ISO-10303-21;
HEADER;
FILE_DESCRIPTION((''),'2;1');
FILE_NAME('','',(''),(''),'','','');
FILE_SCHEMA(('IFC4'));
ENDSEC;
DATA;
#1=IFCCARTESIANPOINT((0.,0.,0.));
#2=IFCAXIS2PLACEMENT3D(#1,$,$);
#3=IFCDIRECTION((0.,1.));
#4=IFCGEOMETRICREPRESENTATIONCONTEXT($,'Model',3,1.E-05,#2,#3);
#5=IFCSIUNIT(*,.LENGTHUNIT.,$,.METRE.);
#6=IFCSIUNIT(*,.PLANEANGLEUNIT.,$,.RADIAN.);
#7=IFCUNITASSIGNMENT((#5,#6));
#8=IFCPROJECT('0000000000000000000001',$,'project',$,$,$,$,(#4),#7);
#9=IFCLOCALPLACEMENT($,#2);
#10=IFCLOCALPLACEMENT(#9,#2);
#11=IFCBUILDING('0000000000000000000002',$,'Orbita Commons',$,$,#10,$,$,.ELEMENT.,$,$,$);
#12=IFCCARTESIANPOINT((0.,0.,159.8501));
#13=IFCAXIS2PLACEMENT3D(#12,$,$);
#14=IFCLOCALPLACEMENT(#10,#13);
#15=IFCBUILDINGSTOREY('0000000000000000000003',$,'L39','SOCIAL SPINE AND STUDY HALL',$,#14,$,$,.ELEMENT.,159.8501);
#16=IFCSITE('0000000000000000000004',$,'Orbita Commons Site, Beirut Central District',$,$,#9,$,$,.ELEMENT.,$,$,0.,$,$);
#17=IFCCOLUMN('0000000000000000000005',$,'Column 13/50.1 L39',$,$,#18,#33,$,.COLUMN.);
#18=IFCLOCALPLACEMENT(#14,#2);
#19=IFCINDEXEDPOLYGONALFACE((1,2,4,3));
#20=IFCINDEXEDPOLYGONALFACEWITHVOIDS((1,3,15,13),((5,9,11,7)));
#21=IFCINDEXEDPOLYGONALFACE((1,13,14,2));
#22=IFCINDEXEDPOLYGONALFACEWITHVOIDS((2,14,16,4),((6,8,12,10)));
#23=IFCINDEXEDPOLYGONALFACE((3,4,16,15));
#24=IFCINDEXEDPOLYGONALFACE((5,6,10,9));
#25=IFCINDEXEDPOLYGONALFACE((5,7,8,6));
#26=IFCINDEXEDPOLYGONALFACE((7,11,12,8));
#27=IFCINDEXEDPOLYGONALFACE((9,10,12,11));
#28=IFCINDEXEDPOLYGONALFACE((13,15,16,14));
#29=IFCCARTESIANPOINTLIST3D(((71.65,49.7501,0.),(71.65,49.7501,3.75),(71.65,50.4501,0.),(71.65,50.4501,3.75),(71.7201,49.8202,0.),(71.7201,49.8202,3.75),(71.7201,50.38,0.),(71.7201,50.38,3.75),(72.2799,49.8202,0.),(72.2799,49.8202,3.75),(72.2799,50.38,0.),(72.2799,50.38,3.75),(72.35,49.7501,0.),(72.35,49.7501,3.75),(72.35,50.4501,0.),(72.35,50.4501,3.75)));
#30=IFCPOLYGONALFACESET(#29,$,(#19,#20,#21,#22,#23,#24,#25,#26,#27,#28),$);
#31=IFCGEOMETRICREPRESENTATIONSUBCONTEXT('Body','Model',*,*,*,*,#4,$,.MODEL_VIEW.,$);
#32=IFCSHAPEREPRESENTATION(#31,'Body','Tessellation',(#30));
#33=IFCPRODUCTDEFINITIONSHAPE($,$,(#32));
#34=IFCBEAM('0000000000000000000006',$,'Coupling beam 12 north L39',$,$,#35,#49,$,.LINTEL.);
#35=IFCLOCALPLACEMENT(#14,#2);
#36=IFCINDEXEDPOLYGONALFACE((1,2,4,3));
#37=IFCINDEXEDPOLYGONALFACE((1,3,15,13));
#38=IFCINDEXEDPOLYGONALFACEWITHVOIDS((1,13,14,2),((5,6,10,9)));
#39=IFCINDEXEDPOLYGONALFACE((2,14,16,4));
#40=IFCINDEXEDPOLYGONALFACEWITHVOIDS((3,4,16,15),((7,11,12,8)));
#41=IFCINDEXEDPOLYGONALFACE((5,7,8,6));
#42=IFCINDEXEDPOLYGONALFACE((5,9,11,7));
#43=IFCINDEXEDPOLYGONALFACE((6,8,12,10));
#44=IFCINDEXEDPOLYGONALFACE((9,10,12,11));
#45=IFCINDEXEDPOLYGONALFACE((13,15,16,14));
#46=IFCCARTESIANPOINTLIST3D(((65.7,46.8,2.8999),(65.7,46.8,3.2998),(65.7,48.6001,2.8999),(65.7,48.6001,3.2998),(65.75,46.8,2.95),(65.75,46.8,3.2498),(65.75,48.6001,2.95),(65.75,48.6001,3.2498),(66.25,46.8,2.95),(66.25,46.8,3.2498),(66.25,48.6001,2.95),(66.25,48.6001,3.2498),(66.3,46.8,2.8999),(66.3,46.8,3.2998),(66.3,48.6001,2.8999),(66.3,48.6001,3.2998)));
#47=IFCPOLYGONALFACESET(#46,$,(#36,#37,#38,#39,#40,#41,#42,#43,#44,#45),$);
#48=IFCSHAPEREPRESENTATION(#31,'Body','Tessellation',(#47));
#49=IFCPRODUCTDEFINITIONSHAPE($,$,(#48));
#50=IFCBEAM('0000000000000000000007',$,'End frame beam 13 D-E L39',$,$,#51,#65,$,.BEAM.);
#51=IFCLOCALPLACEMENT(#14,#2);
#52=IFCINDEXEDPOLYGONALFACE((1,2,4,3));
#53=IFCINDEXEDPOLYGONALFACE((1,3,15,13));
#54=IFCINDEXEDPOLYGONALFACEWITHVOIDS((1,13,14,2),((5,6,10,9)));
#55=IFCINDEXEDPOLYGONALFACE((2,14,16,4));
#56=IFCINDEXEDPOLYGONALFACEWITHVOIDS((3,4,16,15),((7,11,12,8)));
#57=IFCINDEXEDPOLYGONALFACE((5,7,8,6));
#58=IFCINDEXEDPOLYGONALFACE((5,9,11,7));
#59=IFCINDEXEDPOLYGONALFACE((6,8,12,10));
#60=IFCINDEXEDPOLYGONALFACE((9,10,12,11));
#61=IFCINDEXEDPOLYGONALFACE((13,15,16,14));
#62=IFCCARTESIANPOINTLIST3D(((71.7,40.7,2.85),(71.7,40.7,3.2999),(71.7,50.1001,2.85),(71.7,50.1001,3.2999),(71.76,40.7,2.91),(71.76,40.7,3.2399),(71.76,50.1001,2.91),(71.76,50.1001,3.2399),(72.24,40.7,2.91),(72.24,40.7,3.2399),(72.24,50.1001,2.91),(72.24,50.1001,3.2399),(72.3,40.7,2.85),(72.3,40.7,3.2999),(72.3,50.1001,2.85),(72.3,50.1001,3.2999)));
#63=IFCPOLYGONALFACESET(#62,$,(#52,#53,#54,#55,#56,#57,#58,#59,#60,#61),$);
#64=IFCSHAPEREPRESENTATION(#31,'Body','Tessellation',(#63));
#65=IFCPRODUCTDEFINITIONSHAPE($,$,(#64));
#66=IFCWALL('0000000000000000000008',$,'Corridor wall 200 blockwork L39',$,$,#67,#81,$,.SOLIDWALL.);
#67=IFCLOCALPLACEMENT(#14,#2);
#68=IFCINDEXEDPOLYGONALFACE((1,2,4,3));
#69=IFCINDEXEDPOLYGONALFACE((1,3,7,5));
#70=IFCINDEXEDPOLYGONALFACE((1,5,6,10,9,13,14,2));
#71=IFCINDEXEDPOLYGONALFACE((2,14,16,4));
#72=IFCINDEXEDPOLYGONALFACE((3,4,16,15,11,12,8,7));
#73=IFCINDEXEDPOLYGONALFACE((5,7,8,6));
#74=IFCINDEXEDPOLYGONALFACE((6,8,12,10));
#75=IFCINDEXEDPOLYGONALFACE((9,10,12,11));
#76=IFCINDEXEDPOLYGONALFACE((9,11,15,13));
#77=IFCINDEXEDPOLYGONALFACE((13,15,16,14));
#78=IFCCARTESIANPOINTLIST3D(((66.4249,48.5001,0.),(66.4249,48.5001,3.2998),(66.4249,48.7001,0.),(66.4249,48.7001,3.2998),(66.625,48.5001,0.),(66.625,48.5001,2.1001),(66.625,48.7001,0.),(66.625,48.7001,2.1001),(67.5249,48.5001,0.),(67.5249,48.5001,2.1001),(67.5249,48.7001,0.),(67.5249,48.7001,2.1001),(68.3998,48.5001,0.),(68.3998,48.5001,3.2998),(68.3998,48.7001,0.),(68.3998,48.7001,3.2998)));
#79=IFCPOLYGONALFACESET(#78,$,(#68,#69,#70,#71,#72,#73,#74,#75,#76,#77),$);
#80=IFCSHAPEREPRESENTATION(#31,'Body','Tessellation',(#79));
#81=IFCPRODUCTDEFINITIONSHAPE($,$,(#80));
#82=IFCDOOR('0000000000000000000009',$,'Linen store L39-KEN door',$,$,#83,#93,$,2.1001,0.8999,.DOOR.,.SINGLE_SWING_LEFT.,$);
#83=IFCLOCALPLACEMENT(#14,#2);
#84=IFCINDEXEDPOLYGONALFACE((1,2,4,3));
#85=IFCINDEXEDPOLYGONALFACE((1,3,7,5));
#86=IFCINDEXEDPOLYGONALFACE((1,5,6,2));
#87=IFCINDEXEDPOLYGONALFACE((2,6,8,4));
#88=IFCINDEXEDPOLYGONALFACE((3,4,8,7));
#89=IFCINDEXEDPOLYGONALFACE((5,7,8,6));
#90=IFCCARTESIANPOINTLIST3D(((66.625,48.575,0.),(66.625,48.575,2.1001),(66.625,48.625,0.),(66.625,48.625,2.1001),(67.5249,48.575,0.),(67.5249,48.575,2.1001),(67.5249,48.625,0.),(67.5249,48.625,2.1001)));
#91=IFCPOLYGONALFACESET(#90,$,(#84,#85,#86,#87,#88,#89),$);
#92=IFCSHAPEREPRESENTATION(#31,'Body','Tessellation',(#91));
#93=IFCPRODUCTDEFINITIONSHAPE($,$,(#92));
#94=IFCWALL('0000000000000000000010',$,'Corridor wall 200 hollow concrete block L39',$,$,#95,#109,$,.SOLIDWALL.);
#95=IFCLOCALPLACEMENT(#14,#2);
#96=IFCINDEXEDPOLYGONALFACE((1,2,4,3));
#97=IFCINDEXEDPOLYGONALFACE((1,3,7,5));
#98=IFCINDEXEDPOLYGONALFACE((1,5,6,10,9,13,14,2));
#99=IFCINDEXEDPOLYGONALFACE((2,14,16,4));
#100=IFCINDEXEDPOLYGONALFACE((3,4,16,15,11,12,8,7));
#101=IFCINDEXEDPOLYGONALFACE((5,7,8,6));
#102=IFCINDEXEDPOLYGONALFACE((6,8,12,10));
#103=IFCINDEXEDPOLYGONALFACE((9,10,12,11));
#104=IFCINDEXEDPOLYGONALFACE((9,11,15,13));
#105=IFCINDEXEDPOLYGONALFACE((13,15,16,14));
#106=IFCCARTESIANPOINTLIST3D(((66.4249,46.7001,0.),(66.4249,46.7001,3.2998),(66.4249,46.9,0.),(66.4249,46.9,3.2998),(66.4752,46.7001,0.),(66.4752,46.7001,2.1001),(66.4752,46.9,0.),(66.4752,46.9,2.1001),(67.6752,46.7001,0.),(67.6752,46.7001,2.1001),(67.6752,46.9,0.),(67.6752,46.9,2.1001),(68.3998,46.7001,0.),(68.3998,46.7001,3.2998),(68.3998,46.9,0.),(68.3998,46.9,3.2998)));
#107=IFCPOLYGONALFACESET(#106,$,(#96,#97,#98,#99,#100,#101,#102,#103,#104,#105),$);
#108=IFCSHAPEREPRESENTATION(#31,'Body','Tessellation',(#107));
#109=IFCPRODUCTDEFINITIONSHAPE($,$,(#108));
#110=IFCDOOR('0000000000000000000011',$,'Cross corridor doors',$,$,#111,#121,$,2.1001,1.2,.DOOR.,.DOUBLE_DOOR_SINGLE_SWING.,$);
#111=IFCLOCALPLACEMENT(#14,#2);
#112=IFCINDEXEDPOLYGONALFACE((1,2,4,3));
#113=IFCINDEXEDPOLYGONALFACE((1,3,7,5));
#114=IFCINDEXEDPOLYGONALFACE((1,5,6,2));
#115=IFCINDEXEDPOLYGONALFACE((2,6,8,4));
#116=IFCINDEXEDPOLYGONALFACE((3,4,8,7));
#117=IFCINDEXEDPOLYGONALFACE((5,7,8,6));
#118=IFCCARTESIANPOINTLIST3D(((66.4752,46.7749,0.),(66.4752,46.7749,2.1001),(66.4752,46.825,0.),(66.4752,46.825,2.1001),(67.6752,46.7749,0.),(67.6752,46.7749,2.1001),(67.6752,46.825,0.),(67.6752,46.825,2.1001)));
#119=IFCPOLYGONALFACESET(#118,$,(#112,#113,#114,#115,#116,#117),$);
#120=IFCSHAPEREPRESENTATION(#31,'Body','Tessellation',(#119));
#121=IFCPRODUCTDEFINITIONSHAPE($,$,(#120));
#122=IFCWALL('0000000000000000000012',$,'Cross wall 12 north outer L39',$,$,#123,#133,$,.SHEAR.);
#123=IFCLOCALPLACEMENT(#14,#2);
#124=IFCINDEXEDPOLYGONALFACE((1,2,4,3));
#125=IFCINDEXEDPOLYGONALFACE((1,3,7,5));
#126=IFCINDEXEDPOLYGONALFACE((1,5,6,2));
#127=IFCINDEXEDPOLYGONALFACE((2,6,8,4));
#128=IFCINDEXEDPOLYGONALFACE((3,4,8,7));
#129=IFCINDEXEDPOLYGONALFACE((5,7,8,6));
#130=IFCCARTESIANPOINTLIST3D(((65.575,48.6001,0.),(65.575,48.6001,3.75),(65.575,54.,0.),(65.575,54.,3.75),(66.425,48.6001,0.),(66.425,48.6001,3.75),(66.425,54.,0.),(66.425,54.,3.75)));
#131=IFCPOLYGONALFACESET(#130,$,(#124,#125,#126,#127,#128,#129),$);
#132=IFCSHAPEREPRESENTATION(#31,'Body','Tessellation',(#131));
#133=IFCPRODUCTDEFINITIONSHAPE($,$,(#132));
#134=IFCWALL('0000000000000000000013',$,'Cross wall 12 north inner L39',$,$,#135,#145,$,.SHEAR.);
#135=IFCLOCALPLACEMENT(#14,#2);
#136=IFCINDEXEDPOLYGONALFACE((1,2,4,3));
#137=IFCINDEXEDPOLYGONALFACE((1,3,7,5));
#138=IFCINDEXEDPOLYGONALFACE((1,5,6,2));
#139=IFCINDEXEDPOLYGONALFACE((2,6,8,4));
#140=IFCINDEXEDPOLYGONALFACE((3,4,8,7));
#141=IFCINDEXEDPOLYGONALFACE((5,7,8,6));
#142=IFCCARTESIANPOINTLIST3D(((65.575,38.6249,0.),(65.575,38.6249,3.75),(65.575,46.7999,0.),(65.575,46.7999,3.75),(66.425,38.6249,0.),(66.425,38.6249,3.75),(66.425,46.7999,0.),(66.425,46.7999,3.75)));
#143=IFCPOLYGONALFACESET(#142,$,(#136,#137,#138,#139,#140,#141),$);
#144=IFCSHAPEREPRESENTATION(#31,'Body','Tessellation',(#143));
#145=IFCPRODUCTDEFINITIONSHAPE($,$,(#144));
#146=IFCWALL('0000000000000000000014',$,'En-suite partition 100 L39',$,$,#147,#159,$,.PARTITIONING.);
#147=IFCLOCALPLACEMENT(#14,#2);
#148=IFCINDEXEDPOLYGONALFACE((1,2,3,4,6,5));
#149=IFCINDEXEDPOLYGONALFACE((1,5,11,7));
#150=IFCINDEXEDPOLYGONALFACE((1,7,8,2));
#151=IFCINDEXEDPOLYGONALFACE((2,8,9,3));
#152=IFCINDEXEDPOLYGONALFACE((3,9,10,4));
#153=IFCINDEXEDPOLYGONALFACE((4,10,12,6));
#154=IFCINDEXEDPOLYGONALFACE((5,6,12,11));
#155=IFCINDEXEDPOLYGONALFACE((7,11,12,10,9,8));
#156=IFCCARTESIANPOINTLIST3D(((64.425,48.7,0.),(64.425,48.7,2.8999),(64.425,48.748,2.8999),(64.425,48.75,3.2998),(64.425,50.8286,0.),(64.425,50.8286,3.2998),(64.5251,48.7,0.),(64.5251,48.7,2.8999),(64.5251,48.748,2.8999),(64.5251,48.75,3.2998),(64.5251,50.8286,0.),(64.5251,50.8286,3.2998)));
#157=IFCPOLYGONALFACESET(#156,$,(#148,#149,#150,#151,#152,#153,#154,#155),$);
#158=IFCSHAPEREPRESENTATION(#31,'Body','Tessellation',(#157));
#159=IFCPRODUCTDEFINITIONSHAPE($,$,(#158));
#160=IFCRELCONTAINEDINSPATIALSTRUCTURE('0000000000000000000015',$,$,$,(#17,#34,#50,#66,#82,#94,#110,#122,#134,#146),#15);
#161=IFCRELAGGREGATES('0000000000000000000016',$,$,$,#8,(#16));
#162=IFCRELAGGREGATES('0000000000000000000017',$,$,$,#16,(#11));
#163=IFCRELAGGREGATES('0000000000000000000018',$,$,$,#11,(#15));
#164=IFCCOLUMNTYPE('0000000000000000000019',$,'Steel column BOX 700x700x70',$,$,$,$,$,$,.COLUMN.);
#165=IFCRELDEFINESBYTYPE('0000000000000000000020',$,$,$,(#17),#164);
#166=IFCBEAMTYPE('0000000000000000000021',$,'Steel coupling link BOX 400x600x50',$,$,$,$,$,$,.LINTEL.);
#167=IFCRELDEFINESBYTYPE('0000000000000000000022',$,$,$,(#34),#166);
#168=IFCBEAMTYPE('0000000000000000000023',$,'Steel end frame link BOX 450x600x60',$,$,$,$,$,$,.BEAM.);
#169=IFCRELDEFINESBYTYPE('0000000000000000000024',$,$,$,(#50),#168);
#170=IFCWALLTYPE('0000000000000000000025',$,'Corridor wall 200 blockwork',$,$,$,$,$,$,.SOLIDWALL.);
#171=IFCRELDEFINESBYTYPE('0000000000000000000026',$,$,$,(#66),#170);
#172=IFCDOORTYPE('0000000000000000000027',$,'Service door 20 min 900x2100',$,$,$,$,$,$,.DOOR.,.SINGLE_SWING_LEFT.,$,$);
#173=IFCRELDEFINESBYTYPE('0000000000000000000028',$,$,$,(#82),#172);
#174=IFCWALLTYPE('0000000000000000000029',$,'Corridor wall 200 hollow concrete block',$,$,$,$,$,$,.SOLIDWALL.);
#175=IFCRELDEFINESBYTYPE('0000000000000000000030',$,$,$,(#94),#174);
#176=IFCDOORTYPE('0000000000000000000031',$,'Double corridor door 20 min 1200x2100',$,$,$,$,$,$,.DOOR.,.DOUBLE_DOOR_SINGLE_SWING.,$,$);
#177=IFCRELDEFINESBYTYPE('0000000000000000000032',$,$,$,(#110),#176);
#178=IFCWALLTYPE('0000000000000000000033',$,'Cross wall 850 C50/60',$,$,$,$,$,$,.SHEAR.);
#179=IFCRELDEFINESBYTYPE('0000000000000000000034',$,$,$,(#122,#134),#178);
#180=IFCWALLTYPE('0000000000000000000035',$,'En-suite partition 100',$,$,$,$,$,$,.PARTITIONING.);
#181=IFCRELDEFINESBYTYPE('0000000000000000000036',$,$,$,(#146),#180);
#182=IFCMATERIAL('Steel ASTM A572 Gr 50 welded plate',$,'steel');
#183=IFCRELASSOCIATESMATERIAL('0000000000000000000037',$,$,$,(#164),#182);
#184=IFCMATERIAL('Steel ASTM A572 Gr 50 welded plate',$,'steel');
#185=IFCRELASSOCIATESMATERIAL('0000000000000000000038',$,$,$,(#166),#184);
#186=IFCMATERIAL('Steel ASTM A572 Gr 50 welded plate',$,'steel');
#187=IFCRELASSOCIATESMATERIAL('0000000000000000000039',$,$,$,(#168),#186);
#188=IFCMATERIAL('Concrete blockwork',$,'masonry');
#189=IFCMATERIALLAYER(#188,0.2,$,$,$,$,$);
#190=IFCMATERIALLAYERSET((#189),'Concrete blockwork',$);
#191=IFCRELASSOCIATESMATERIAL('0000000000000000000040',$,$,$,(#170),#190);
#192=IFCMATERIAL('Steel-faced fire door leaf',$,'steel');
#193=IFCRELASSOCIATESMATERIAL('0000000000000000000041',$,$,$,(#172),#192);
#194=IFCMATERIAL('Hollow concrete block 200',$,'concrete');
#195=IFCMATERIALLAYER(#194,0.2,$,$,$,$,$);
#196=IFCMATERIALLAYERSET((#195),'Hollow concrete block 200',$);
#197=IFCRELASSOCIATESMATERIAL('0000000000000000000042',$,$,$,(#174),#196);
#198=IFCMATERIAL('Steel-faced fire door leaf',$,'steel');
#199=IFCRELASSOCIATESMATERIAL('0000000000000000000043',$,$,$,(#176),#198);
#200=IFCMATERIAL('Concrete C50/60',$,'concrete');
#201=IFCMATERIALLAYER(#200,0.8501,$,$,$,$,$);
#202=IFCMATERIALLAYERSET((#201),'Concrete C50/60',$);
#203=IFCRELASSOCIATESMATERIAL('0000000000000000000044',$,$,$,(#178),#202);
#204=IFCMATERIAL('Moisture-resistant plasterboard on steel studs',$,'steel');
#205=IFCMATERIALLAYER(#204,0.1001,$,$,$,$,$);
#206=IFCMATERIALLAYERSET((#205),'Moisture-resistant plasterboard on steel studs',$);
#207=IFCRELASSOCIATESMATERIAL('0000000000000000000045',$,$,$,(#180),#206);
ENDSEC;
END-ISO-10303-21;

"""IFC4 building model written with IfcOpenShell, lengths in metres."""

from ifc_helpers import new_model, si_unit, direction, frame, frame_2d, origin, origin_2d, place, context, subcontext, project, spatial, polyline, rectangle, hollow_rectangle, outline, extrude, material, layer, layer_set, material_profile, profile_set, type_object, element, fill, save


model = new_model("IFC4")

# Units and contexts
model_context = context("Model", 3, precision=1e-05, world=origin(), true_north=direction((0.0, 1.0)))
body_context = subcontext(model_context, "Body", "Model", "MODEL_VIEW")
ifc_project = project(units=[si_unit("LENGTHUNIT", "METRE"), si_unit("PLANEANGLEUNIT", "RADIAN")], contexts=[model_context])

# Site, building, storey
site_placement = place(None, origin())
site = spatial("IfcSite", under=ifc_project, at=site_placement, Name="Orbita Commons Site, Beirut Central District", CompositionType="ELEMENT", RefElevation=0.0)
building_placement = place(site_placement, origin())
building = spatial("IfcBuilding", under=site, at=building_placement, Name="Orbita Commons", CompositionType="ELEMENT")
storey_placement = place(building_placement, frame((0.0, 0.0, 159.8501)))
storey = spatial("IfcBuildingStorey", under=building, at=storey_placement, Name="L39", Description="SOCIAL SPINE AND STUDY HALL", CompositionType="ELEMENT", Elevation=159.8501)

# Column
ifc_material_1 = material(Name="Steel ASTM A572 Gr 50 welded plate", Category="steel")
ifc_material_profile_1 = material_profile(ifc_material_1, hollow_rectangle(XDim=0.7, YDim=0.7, WallThickness=0.0701, at=origin_2d()), Name="BOX 700x700x70")
ifc_profile_set_1 = profile_set([ifc_material_profile_1], Name="Steel ASTM A572 Gr 50 welded plate")
column_type = type_object("IfcColumnType", Name="Steel column BOX 700x700x70", PredefinedType="COLUMN", material=ifc_profile_set_1)
column_placement = place(storey_placement, frame((72.0, 50.1001, 0.0), z_axis=(0.0, 0.0, 1.0), x_axis=(1.0, 0.0, 0.0)))
element("IfcColumn", 1, at=column_placement, inside=storey, type_object=column_type, Name="Column 13/50.1 L39", PredefinedType="COLUMN", context=body_context, shape_type="SweptSolid", body=[
    extrude(hollow_rectangle(XDim=0.7, YDim=0.7, WallThickness=0.0701, at=origin_2d()), origin(), (0.0, 0.0, 1.0), 3.75),
])

# Beams
ifc_material_2 = material(Name="Steel ASTM A572 Gr 50 welded plate", Category="steel")
ifc_material_profile_2 = material_profile(ifc_material_2, hollow_rectangle(XDim=0.6001, YDim=0.3999, WallThickness=0.05, at=origin_2d()), Name="BOX 400x600x50")
ifc_profile_set_2 = profile_set([ifc_material_profile_2], Name="Steel ASTM A572 Gr 50 welded plate")
beam_type_1 = type_object("IfcBeamType", Name="Steel coupling link BOX 400x600x50", PredefinedType="LINTEL", material=ifc_profile_set_2)
beam_1_placement = place(storey_placement, frame((66.0, 46.8, 3.0999), z_axis=(0.0, 1.0, 0.0), x_axis=(-1.0, 0.0, 0.0)))
element("IfcBeam", 2, at=beam_1_placement, inside=storey, type_object=beam_type_1, Name="Coupling beam 12 north L39", PredefinedType="LINTEL", context=body_context, shape_type="SweptSolid", body=[
    extrude(hollow_rectangle(XDim=0.6001, YDim=0.3999, WallThickness=0.05, at=origin_2d()), origin(), (0.0, 0.0, 1.0), 1.8),
])
ifc_material_3 = material(Name="Steel ASTM A572 Gr 50 welded plate", Category="steel")
ifc_material_profile_3 = material_profile(ifc_material_3, hollow_rectangle(XDim=0.6001, YDim=0.45, WallThickness=0.0601, at=origin_2d()), Name="BOX 450x600x60")
ifc_profile_set_3 = profile_set([ifc_material_profile_3], Name="Steel ASTM A572 Gr 50 welded plate")
beam_type_2 = type_object("IfcBeamType", Name="Steel end frame link BOX 450x600x60", PredefinedType="BEAM", material=ifc_profile_set_3)
beam_2_placement = place(storey_placement, frame((72.0, 40.7, 3.075), z_axis=(0.0, 1.0, 0.0), x_axis=(-1.0, 0.0, 0.0)))
element("IfcBeam", 3, at=beam_2_placement, inside=storey, type_object=beam_type_2, Name="End frame beam 13 D-E L39", PredefinedType="BEAM", context=body_context, shape_type="SweptSolid", body=[
    extrude(hollow_rectangle(XDim=0.6001, YDim=0.45, WallThickness=0.0601, at=origin_2d()), origin(), (0.0, 0.0, 1.0), 9.4001),
])

# Walls, openings, doors
ifc_material_4 = material(Name="Concrete blockwork", Category="masonry")
ifc_layer_1 = layer(ifc_material_4, 0.2)
ifc_layer_set_1 = layer_set([ifc_layer_1], Name="Concrete blockwork")
wall_type_1 = type_object("IfcWallType", Name="Corridor wall 200 blockwork", PredefinedType="SOLIDWALL", material=ifc_layer_set_1)
wall_1_placement = place(storey_placement, frame((66.425, 48.6001, 0.0), z_axis=(0.0, 0.0, 1.0), x_axis=(1.0, 0.0, 0.0)))
wall_1 = element("IfcWall", 4, at=wall_1_placement, inside=storey, type_object=wall_type_1, Name="Corridor wall 200 blockwork L39", PredefinedType="SOLIDWALL", context=body_context, shape_type="SweptSolid", body=[
    extrude(rectangle(XDim=1.9749, YDim=0.2, at=frame_2d((0.9873, 0.0))), origin(), (0.0, 0.0, 1.0), 3.2998),
])
opening_1_placement = place(wall_1_placement, frame((0.2, 0.0, 0.0)))
opening_1 = element("IfcOpeningElement", 5, at=opening_1_placement, cuts=wall_1, PredefinedType="OPENING", context=body_context, shape_type="SweptSolid", body=[
    extrude(rectangle(XDim=0.8999, YDim=2.1001, at=frame_2d((0.45, 1.05))), frame((0.0, 0.1099, 0.0), z_axis=(0.0, -1.0, 0.0), x_axis=(1.0, 0.0, 0.0)), (0.0, 0.0, 1.0), 0.22),
])
ifc_material_5 = material(Name="Steel-faced fire door leaf", Category="steel")
door_type_1 = type_object("IfcDoorType", Name="Service door 20 min 900x2100", OperationType="SINGLE_SWING_LEFT", PredefinedType="DOOR", material=ifc_material_5)
door_1_placement = place(opening_1_placement, origin())
door_1 = element("IfcDoor", 6, at=door_1_placement, inside=storey, type_object=door_type_1, Name="Linen store L39-KEN door", OperationType="SINGLE_SWING_LEFT", OverallHeight=2.1001, OverallWidth=0.8999, PredefinedType="DOOR", context=body_context, shape_type="SweptSolid", body=[
    extrude(rectangle(XDim=0.8999, YDim=2.1001, at=frame_2d((0.45, 1.05))), frame((0.0, 0.0249, 0.0), z_axis=(0.0, -1.0, 0.0), x_axis=(1.0, 0.0, 0.0)), (0.0, 0.0, 1.0), 0.05),
])
fill(opening_1, door_1)
ifc_material_6 = material(Name="Hollow concrete block 200", Category="concrete")
ifc_layer_2 = layer(ifc_material_6, 0.2)
ifc_layer_set_2 = layer_set([ifc_layer_2], Name="Hollow concrete block 200")
wall_type_2 = type_object("IfcWallType", Name="Corridor wall 200 hollow concrete block", PredefinedType="SOLIDWALL", material=ifc_layer_set_2)
wall_2_placement = place(storey_placement, frame((66.425, 46.8, 0.0), z_axis=(0.0, 0.0, 1.0), x_axis=(1.0, 0.0, 0.0)))
wall_2 = element("IfcWall", 7, at=wall_2_placement, inside=storey, type_object=wall_type_2, Name="Corridor wall 200 hollow concrete block L39", PredefinedType="SOLIDWALL", context=body_context, shape_type="SweptSolid", body=[
    extrude(rectangle(XDim=1.9749, YDim=0.2, at=frame_2d((0.9873, 0.0))), origin(), (0.0, 0.0, 1.0), 3.2998),
])
opening_2_placement = place(wall_2_placement, frame((0.05, 0.0, 0.0)))
opening_2 = element("IfcOpeningElement", 8, at=opening_2_placement, cuts=wall_2, PredefinedType="OPENING", context=body_context, shape_type="SweptSolid", body=[
    extrude(rectangle(XDim=1.2, YDim=2.1001, at=frame_2d((0.6001, 1.05))), frame((0.0, 0.1099, 0.0), z_axis=(0.0, -1.0, 0.0), x_axis=(1.0, 0.0, 0.0)), (0.0, 0.0, 1.0), 0.22),
])
ifc_material_7 = material(Name="Steel-faced fire door leaf", Category="steel")
door_type_2 = type_object("IfcDoorType", Name="Double corridor door 20 min 1200x2100", OperationType="DOUBLE_DOOR_SINGLE_SWING", PredefinedType="DOOR", material=ifc_material_7)
door_2_placement = place(opening_2_placement, origin())
door_2 = element("IfcDoor", 9, at=door_2_placement, inside=storey, type_object=door_type_2, Name="Cross corridor doors", OperationType="DOUBLE_DOOR_SINGLE_SWING", OverallHeight=2.1001, OverallWidth=1.2, PredefinedType="DOOR", context=body_context, shape_type="SweptSolid", body=[
    extrude(rectangle(XDim=1.2, YDim=2.1001, at=frame_2d((0.6001, 1.05))), frame((0.0, 0.0249, 0.0), z_axis=(0.0, -1.0, 0.0), x_axis=(1.0, 0.0, 0.0)), (0.0, 0.0, 1.0), 0.05),
])
fill(opening_2, door_2)

# Walls
ifc_material_8 = material(Name="Concrete C50/60", Category="concrete")
ifc_layer_3 = layer(ifc_material_8, 0.8501)
ifc_layer_set_3 = layer_set([ifc_layer_3], Name="Concrete C50/60")
wall_type_3 = type_object("IfcWallType", Name="Cross wall 850 C50/60", PredefinedType="SHEAR", material=ifc_layer_set_3)
wall_3_placement = place(storey_placement, frame((66.0, 48.6001, 0.0), z_axis=(0.0, 0.0, 1.0), x_axis=(0.0, 1.0, 0.0)))
element("IfcWall", 10, at=wall_3_placement, inside=storey, type_object=wall_type_3, Name="Cross wall 12 north outer L39", PredefinedType="SHEAR", context=body_context, shape_type="SweptSolid", body=[
    extrude(rectangle(XDim=5.3999, YDim=0.8501, at=frame_2d((2.7, 0.0))), origin(), (0.0, 0.0, 1.0), 3.75),
])
wall_4_placement = place(storey_placement, frame((66.0, 38.625, 0.0), z_axis=(0.0, 0.0, 1.0), x_axis=(0.0, 1.0, 0.0)))
element("IfcWall", 11, at=wall_4_placement, inside=storey, type_object=wall_type_3, Name="Cross wall 12 north inner L39", PredefinedType="SHEAR", context=body_context, shape_type="SweptSolid", body=[
    extrude(rectangle(XDim=8.175, YDim=0.8501, at=frame_2d((4.0874, 0.0))), origin(), (0.0, 0.0, 1.0), 3.75),
])
ifc_material_9 = material(Name="Moisture-resistant plasterboard on steel studs", Category="steel")
ifc_layer_4 = layer(ifc_material_9, 0.1001)
ifc_layer_set_4 = layer_set([ifc_layer_4], Name="Moisture-resistant plasterboard on steel studs")
wall_type_4 = type_object("IfcWallType", Name="En-suite partition 100", PredefinedType="PARTITIONING", material=ifc_layer_set_4)
wall_5_placement = place(storey_placement, frame((64.4751, 50.8286, 0.0), z_axis=(0.0, 0.0, 1.0), x_axis=(0.0, -1.0, 0.0)))
element("IfcWall", 12, at=wall_5_placement, inside=storey, type_object=wall_type_4, Name="En-suite partition 100 L39", PredefinedType="PARTITIONING", context=body_context, shape_type="SweptSolid", body=[
    extrude(outline(polyline([(0.0, 0.0), (2.1287, 0.0), (2.1287, 2.8999), (2.0806, 2.8999), (2.0786, 3.2998), (0.0, 3.2998), (0.0, 0.0)])), frame((0.0, 0.05, 0.0), z_axis=(0.0, -1.0, 0.0), x_axis=(1.0, 0.0, 0.0)), (0.0, 0.0, 1.0), 0.1001),
])

save(model, "model.ifc")
